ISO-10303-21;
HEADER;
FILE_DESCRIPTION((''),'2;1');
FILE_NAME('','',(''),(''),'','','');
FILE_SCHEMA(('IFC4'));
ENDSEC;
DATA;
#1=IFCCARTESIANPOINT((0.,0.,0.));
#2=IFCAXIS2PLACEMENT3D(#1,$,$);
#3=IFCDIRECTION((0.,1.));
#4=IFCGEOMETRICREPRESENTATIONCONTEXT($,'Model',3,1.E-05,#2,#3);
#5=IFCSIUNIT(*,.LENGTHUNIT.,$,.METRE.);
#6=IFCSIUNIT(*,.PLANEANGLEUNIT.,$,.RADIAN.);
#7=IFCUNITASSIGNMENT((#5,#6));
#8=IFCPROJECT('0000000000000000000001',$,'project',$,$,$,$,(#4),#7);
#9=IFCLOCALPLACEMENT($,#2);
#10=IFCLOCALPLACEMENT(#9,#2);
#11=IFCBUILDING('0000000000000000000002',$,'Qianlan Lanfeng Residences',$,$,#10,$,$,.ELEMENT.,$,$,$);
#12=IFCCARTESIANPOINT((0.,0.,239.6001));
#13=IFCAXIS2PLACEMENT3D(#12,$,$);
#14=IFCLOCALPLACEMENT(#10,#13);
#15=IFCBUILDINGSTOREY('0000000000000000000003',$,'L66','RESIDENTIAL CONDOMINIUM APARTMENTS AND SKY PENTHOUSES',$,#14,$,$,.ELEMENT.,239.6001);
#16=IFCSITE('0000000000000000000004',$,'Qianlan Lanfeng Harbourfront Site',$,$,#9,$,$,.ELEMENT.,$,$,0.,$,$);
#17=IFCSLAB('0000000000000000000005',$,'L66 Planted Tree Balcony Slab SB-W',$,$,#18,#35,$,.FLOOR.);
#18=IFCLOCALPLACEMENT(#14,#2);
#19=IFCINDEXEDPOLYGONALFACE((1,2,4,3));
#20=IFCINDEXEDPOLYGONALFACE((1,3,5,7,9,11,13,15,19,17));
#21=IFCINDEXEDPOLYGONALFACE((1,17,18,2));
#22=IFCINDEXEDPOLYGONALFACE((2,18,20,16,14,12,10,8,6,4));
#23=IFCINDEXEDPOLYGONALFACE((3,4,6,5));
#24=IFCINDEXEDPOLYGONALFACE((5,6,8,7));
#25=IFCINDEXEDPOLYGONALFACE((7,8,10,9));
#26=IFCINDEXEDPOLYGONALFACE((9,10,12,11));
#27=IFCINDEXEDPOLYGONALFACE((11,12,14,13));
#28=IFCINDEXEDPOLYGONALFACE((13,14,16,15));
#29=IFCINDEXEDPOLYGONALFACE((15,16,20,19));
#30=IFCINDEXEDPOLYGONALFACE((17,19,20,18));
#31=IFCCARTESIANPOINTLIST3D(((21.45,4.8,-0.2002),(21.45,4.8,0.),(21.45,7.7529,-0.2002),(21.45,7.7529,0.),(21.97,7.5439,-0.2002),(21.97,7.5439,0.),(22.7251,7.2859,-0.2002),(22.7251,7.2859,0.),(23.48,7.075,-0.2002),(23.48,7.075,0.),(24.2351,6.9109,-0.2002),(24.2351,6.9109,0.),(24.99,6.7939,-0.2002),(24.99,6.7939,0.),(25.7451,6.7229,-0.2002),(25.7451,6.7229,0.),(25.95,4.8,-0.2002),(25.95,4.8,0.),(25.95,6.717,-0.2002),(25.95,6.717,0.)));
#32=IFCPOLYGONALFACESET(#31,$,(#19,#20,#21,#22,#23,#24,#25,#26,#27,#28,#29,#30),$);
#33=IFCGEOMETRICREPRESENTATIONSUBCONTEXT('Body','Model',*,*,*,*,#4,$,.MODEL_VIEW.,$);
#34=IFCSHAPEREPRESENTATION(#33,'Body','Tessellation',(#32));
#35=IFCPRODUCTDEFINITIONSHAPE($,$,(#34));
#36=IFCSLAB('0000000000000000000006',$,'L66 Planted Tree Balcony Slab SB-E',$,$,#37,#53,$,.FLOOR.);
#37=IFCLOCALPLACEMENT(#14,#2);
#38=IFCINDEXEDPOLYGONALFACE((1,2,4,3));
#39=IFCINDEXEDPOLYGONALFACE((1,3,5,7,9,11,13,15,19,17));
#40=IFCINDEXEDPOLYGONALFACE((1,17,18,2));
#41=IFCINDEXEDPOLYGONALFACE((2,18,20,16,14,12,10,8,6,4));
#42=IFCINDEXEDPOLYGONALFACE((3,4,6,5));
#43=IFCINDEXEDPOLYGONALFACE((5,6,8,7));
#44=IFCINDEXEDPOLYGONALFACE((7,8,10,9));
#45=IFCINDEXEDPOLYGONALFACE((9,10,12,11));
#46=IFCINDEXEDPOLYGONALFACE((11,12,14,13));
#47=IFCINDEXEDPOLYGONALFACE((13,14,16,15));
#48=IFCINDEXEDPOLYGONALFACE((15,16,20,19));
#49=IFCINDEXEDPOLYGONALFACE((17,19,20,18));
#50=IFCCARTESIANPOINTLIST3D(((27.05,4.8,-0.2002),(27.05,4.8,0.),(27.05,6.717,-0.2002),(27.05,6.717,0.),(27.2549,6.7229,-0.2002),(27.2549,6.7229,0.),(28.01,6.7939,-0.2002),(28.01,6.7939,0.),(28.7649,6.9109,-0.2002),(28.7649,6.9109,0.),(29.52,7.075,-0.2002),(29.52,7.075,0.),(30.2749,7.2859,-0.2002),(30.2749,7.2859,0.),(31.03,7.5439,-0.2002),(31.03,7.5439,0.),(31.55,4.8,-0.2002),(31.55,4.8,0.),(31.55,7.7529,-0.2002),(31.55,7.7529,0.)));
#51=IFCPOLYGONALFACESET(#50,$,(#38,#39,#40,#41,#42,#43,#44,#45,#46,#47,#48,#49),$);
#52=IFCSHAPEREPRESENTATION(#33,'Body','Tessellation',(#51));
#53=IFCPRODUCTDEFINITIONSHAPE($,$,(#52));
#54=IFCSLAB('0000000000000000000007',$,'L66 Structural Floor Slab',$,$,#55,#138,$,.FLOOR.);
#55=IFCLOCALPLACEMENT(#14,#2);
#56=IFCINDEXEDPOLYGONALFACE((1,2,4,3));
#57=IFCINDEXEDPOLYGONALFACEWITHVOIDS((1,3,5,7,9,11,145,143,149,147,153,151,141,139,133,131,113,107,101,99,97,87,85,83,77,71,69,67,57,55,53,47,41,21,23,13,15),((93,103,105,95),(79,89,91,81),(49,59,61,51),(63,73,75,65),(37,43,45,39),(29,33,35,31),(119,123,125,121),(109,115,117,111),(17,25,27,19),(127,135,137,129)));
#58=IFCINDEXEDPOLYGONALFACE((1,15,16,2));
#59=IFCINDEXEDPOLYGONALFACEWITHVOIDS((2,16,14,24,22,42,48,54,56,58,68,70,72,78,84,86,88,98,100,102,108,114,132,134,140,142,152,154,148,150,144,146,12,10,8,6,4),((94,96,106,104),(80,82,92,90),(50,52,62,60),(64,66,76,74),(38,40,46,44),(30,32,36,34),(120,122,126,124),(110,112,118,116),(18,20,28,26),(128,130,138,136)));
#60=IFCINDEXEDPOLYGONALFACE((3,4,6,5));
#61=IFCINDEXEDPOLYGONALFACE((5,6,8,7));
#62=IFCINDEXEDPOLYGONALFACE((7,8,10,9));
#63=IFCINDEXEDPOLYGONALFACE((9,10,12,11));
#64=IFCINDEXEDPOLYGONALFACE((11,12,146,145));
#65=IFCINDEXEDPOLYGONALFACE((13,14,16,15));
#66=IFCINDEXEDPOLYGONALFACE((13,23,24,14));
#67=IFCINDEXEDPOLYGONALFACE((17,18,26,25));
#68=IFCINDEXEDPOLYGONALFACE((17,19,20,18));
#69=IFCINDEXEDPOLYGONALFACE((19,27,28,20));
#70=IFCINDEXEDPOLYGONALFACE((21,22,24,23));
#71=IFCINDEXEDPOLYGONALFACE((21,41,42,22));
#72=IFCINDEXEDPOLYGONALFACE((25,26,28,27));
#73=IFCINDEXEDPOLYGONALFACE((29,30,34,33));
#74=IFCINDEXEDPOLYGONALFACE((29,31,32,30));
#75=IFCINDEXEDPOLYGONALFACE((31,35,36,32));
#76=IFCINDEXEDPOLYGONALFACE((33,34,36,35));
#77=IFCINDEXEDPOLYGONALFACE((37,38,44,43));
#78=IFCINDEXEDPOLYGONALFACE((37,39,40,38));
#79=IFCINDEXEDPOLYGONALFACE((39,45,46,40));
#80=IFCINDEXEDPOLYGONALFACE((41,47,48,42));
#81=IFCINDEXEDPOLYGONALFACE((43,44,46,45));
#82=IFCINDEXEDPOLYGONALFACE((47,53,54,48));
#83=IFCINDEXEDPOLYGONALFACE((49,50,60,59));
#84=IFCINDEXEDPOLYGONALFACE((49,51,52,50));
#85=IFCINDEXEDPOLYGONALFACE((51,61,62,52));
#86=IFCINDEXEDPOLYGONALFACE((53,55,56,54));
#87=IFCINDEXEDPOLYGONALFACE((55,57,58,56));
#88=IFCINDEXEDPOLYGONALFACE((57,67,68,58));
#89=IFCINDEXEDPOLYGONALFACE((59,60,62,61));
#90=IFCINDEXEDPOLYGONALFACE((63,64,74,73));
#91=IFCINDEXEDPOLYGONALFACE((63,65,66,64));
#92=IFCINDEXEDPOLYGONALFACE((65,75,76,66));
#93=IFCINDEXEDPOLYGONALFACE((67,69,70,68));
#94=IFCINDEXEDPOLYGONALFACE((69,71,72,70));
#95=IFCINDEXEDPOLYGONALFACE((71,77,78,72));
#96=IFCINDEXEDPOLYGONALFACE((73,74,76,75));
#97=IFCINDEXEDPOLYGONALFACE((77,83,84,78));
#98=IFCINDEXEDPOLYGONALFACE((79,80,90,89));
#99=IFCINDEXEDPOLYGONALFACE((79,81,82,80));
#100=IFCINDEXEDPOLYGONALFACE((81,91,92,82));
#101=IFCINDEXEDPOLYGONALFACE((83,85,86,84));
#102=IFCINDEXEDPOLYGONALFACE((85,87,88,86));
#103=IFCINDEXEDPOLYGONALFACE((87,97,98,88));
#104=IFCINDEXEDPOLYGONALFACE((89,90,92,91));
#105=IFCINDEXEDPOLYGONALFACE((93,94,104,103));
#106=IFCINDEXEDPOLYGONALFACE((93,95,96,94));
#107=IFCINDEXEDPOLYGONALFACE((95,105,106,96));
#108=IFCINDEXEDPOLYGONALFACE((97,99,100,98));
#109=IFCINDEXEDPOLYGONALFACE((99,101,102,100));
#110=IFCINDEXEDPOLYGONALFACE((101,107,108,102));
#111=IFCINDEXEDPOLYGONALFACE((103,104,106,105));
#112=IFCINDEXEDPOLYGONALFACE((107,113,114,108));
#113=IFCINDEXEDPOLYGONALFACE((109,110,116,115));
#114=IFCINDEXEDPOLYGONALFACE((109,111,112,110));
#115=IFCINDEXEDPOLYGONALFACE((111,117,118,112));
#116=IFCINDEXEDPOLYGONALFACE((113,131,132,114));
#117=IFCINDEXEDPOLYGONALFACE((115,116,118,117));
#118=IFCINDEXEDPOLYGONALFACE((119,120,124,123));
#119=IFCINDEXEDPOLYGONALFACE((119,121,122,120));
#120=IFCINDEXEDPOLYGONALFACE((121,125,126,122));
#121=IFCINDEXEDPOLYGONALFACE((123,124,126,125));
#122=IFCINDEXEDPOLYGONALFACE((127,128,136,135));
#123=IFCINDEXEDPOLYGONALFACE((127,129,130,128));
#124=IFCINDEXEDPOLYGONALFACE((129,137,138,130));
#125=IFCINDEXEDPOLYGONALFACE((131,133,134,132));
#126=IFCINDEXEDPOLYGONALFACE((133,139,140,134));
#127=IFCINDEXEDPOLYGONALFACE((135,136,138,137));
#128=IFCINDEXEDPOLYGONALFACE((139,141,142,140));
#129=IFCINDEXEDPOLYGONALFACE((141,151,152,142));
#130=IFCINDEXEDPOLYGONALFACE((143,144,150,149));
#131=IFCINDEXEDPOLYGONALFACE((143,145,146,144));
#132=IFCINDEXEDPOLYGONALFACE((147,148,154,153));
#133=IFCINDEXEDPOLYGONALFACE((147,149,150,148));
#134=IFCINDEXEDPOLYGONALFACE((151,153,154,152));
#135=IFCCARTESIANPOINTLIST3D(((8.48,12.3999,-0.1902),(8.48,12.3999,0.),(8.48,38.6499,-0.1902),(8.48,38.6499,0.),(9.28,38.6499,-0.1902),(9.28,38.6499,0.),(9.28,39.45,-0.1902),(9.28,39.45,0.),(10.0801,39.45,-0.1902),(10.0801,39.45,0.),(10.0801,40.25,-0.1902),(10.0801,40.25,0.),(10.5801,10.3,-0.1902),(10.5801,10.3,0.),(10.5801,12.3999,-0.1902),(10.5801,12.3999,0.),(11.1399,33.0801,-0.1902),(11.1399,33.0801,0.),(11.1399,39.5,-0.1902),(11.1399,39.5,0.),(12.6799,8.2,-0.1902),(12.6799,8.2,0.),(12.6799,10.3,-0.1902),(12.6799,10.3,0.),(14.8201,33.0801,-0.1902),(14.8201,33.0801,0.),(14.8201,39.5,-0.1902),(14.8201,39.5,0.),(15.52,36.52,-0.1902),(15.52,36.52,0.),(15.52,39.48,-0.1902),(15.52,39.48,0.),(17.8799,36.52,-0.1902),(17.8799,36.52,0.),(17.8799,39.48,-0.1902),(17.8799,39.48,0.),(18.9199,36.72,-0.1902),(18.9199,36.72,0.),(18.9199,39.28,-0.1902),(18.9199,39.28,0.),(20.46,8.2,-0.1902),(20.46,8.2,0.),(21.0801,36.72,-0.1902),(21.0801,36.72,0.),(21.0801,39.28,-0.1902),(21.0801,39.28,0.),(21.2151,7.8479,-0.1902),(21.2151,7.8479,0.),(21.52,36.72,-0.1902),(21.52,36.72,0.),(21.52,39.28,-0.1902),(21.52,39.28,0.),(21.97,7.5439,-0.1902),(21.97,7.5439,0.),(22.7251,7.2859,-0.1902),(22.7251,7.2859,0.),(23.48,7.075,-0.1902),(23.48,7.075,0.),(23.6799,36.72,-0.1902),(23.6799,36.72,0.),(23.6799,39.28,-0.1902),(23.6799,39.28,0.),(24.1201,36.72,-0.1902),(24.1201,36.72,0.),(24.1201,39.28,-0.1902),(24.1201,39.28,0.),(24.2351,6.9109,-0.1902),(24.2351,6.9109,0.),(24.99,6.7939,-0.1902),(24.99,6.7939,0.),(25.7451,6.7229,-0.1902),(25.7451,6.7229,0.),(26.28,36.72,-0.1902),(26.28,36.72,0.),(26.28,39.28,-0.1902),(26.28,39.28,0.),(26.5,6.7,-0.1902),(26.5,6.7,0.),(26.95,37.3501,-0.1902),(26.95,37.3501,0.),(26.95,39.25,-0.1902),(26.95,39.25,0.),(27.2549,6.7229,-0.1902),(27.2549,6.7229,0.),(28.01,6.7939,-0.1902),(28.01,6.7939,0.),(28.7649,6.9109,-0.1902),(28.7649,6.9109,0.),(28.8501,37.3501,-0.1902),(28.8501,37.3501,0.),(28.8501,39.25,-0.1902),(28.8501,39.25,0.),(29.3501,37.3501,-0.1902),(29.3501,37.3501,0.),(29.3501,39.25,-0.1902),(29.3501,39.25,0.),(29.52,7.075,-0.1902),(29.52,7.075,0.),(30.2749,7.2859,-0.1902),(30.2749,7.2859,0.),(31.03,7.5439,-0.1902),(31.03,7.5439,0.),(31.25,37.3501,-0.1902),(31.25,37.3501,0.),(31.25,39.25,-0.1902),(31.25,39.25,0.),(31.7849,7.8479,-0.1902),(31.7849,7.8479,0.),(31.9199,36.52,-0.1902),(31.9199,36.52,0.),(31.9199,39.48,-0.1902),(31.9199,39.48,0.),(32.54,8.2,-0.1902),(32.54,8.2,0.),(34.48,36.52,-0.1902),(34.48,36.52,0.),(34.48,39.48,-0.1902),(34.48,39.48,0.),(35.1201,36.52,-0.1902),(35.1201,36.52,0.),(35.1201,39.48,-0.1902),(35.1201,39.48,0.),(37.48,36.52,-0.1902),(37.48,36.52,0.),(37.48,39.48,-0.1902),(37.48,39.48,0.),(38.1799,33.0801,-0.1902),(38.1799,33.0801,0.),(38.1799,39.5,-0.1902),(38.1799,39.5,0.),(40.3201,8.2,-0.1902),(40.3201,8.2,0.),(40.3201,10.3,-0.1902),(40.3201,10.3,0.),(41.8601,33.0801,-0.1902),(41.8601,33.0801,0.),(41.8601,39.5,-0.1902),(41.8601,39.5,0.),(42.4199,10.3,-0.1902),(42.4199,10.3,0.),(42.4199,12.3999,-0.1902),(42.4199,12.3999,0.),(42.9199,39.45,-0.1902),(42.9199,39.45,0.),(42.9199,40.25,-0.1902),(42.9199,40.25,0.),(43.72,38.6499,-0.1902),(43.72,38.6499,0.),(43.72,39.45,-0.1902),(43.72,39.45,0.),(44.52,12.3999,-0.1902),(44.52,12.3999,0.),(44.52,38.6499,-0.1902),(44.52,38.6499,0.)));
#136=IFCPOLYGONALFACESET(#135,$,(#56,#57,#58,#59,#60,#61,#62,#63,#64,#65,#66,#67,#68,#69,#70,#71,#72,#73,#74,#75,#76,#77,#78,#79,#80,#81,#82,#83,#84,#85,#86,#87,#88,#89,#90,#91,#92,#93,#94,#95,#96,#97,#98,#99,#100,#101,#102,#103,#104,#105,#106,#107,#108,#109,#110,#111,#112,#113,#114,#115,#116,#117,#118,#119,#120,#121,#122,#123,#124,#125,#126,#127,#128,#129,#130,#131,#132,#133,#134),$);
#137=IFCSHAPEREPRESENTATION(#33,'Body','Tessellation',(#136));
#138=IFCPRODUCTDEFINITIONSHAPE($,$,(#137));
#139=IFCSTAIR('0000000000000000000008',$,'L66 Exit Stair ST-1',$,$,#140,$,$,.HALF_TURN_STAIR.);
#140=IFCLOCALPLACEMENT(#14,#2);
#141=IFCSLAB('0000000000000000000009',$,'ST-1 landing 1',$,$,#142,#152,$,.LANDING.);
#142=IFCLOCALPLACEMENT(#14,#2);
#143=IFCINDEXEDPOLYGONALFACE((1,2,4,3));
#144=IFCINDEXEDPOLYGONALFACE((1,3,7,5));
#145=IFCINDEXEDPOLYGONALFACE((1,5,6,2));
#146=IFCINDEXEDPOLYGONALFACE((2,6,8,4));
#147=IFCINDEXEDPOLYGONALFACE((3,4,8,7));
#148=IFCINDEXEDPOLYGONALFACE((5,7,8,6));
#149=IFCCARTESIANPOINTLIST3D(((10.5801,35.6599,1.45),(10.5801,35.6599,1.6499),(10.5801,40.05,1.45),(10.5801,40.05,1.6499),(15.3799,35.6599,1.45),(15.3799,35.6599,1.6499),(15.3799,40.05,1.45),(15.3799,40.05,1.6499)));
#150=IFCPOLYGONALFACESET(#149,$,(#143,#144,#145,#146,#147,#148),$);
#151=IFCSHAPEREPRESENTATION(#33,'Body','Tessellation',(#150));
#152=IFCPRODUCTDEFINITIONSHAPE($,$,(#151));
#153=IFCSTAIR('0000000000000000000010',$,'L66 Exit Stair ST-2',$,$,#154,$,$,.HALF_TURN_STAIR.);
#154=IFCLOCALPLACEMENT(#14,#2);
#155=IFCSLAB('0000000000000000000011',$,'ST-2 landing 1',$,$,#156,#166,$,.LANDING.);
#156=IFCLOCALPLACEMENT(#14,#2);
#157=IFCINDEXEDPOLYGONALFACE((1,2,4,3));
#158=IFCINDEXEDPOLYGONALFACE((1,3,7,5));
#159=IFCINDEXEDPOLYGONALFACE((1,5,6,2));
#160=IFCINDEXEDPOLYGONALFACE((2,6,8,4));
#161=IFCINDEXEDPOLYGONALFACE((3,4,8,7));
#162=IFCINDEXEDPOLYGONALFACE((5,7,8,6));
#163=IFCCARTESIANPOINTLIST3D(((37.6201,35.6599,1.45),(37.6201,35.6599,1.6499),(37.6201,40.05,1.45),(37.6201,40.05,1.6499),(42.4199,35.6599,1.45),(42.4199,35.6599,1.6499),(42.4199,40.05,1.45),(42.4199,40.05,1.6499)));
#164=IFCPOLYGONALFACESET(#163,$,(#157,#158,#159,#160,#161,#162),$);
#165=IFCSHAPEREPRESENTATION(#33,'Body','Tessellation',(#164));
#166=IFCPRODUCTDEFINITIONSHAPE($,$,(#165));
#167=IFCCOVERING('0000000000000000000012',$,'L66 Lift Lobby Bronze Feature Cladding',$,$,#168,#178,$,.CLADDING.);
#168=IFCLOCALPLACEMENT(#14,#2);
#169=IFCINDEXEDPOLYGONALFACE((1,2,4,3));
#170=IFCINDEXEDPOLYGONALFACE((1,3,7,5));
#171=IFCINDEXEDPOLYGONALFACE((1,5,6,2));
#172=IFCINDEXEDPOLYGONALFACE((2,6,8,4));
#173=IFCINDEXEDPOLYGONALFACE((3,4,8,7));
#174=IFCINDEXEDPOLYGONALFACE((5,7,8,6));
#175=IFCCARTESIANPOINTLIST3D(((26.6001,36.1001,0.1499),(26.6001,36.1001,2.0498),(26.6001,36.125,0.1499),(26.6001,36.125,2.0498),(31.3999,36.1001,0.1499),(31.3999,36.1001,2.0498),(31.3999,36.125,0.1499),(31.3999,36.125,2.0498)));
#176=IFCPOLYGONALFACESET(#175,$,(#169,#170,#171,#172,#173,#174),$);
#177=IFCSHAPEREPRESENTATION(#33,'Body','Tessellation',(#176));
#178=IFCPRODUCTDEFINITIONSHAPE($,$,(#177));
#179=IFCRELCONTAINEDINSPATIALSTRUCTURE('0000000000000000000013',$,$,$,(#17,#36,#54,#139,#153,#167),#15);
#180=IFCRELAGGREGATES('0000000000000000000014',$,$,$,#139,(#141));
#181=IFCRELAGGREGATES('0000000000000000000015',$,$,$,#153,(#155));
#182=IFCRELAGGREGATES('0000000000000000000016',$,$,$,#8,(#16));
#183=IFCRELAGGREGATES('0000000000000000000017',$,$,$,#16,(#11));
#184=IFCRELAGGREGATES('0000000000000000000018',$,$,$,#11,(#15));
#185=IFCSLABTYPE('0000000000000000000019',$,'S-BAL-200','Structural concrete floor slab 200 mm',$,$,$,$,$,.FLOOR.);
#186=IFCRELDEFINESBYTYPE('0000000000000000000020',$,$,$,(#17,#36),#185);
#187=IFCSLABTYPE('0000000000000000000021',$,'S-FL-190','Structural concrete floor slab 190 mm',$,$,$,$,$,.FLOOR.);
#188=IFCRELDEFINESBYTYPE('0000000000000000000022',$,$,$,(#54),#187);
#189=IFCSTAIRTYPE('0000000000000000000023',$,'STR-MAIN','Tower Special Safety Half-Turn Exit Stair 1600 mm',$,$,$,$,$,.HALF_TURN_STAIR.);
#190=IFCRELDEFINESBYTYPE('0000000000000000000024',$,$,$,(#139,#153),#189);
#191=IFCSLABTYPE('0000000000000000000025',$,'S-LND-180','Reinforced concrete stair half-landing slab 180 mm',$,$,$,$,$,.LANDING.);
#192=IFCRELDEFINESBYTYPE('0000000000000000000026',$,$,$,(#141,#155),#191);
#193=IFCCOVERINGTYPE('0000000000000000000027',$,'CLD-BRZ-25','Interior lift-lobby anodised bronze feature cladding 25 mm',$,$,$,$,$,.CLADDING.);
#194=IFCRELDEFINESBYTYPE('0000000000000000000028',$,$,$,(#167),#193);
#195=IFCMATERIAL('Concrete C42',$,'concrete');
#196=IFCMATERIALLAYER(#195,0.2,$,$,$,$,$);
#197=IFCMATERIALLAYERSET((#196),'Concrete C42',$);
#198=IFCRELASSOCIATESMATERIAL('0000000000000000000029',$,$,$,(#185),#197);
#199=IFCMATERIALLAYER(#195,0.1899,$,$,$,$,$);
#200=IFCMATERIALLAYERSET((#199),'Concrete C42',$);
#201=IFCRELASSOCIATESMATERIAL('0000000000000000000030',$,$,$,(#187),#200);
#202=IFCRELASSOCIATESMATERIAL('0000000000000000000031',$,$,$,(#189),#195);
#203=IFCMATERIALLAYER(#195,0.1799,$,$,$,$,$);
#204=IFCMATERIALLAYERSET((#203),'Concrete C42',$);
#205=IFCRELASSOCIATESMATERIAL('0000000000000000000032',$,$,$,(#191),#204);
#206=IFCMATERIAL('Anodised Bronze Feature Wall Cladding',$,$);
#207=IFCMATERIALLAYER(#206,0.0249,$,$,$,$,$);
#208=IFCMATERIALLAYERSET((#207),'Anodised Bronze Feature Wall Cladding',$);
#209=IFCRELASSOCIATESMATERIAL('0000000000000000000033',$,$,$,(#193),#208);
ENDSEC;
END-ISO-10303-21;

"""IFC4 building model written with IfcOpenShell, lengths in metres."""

from ifc_helpers import new_model, si_unit, direction, frame, origin, place, context, subcontext, project, spatial, polyline, outline, extrude, material, layer, layer_set, type_object, element, aggregate, save


model = new_model("IFC4")

# Units and contexts
model_context = context("Model", 3, precision=1e-05, world=origin(), true_north=direction((0.0, 1.0)))
body_context = subcontext(model_context, "Body", "Model", "MODEL_VIEW")
ifc_project = project(units=[si_unit("LENGTHUNIT", "METRE"), si_unit("PLANEANGLEUNIT", "RADIAN")], contexts=[model_context])

# Site, building, storey
site_placement = place(None, origin())
site = spatial("IfcSite", under=ifc_project, at=site_placement, Name="Qianlan Lanfeng Harbourfront Site", CompositionType="ELEMENT", RefElevation=0.0)
building_placement = place(site_placement, origin())
building = spatial("IfcBuilding", under=site, at=building_placement, Name="Qianlan Lanfeng Residences", CompositionType="ELEMENT")
storey_placement = place(building_placement, frame((0.0, 0.0, 239.6001)))
storey = spatial("IfcBuildingStorey", under=building, at=storey_placement, Name="L66", Description="RESIDENTIAL CONDOMINIUM APARTMENTS AND SKY PENTHOUSES", CompositionType="ELEMENT", Elevation=239.6001)

# Slabs
ifc_material_1 = material(Name="Concrete C42", Category="concrete")
ifc_layer_1 = layer(ifc_material_1, 0.2)
ifc_layer_set_1 = layer_set([ifc_layer_1], Name="Concrete C42")
slab_type_1 = type_object("IfcSlabType", Name="S-BAL-200", Description="Structural concrete floor slab 200 mm", PredefinedType="FLOOR", material=ifc_layer_set_1)
slab_1_placement = place(storey_placement, frame((0.0, 0.0, -0.2002)))
element("IfcSlab", 1, at=slab_1_placement, inside=storey, type_object=slab_type_1, Name="L66 Planted Tree Balcony Slab SB-W", PredefinedType="FLOOR", context=body_context, shape_type="SweptSolid", body=[
    extrude(outline(polyline([(25.95, 6.717), (25.7451, 6.7229), (24.99, 6.7939), (24.2351, 6.9109), (23.48, 7.075), (22.7251, 7.2859), (21.97, 7.5439), (21.45, 7.7529), (21.45, 4.8), (25.95, 4.8), (25.95, 6.717)])), origin(), (0.0, 0.0, 1.0), 0.2002),
])
slab_2_placement = place(storey_placement, frame((0.0, 0.0, -0.2002)))
element("IfcSlab", 2, at=slab_2_placement, inside=storey, type_object=slab_type_1, Name="L66 Planted Tree Balcony Slab SB-E", PredefinedType="FLOOR", context=body_context, shape_type="SweptSolid", body=[
    extrude(outline(polyline([(31.55, 7.7529), (31.03, 7.5439), (30.2749, 7.2859), (29.52, 7.075), (28.7649, 6.9109), (28.01, 6.7939), (27.2549, 6.7229), (27.05, 6.717), (27.05, 4.8), (31.55, 4.8), (31.55, 7.7529)])), origin(), (0.0, 0.0, 1.0), 0.2002),
])
ifc_layer_2 = layer(ifc_material_1, 0.1899)
ifc_layer_set_2 = layer_set([ifc_layer_2], Name="Concrete C42")
slab_type_2 = type_object("IfcSlabType", Name="S-FL-190", Description="Structural concrete floor slab 190 mm", PredefinedType="FLOOR", material=ifc_layer_set_2)
slab_3_placement = place(storey_placement, frame((0.0, 0.0, -0.1902)))
element("IfcSlab", 3, at=slab_3_placement, inside=storey, type_object=slab_type_2, Name="L66 Structural Floor Slab", PredefinedType="FLOOR", context=body_context, shape_type="SweptSolid", body=[
    extrude(outline(polyline([(8.48, 12.3999), (10.5801, 12.3999), (10.5801, 10.3), (12.6799, 10.3), (12.6799, 8.2), (20.46, 8.2), (21.2151, 7.8479), (21.97, 7.5439), (22.7251, 7.2859), (23.48, 7.075), (24.2351, 6.9109), (24.99, 6.7939), (25.7451, 6.7229), (26.5, 6.7), (27.2549, 6.7229), (28.01, 6.7939), (28.7649, 6.9109), (29.52, 7.075), (30.2749, 7.2859), (31.03, 7.5439), (31.7849, 7.8479), (32.54, 8.2), (40.3201, 8.2), (40.3201, 10.3), (42.4199, 10.3), (42.4199, 12.3999), (44.52, 12.3999), (44.52, 38.6499), (43.72, 38.6499), (43.72, 39.45), (42.9199, 39.45), (42.9199, 40.25), (10.0801, 40.25), (10.0801, 39.45), (9.28, 39.45), (9.28, 38.6499), (8.48, 38.6499), (8.48, 12.3999)]), holes=[polyline([(11.1399, 33.0801), (11.1399, 39.5), (14.8201, 39.5), (14.8201, 33.0801), (11.1399, 33.0801)]), polyline([(38.1799, 33.0801), (38.1799, 39.5), (41.8601, 39.5), (41.8601, 33.0801), (38.1799, 33.0801)]), polyline([(15.52, 36.52), (15.52, 39.48), (17.8799, 39.48), (17.8799, 36.52), (15.52, 36.52)]), polyline([(35.1201, 36.52), (35.1201, 39.48), (37.48, 39.48), (37.48, 36.52), (35.1201, 36.52)]), polyline([(31.9199, 36.52), (31.9199, 39.48), (34.48, 39.48), (34.48, 36.52), (31.9199, 36.52)]), polyline([(18.9199, 36.72), (18.9199, 39.28), (21.0801, 39.28), (21.0801, 36.72), (18.9199, 36.72)]), polyline([(21.52, 36.72), (21.52, 39.28), (23.6799, 39.28), (23.6799, 36.72), (21.52, 36.72)]), polyline([(24.1201, 36.72), (24.1201, 39.28), (26.28, 39.28), (26.28, 36.72), (24.1201, 36.72)]), polyline([(26.95, 37.3501), (26.95, 39.25), (28.8501, 39.25), (28.8501, 37.3501), (26.95, 37.3501)]), polyline([(29.3501, 37.3501), (29.3501, 39.25), (31.25, 39.25), (31.25, 37.3501), (29.3501, 37.3501)])]), origin(), (0.0, 0.0, 1.0), 0.1902),
])

# Stairs, slabs
stair_type = type_object("IfcStairType", Name="STR-MAIN", Description="Tower Special Safety Half-Turn Exit Stair 1600 mm", PredefinedType="HALF_TURN_STAIR", material=ifc_material_1)
stair_1_placement = place(storey_placement, origin())
stair_1 = element("IfcStair", 4, at=stair_1_placement, inside=storey, type_object=stair_type, Name="L66 Exit Stair ST-1", PredefinedType="HALF_TURN_STAIR")
ifc_layer_3 = layer(ifc_material_1, 0.1799)
ifc_layer_set_3 = layer_set([ifc_layer_3], Name="Concrete C42")
slab_type_3 = type_object("IfcSlabType", Name="S-LND-180", Description="Reinforced concrete stair half-landing slab 180 mm", PredefinedType="LANDING", material=ifc_layer_set_3)
slab_4_placement = place(storey_placement, frame((0.0, 0.0, 1.45)))
slab_4 = element("IfcSlab", 5, at=slab_4_placement, type_object=slab_type_3, Name="ST-1 landing 1", PredefinedType="LANDING", context=body_context, shape_type="SweptSolid", body=[
    extrude(outline(polyline([(10.5801, 35.6599), (15.3799, 35.6599), (15.3799, 40.05), (10.5801, 40.05), (10.5801, 35.6599)])), origin(), (0.0, 0.0, 1.0), 0.2),
])
aggregate(stair_1, [slab_4])
stair_2_placement = place(storey_placement, origin())
stair_2 = element("IfcStair", 6, at=stair_2_placement, inside=storey, type_object=stair_type, Name="L66 Exit Stair ST-2", PredefinedType="HALF_TURN_STAIR")
slab_5_placement = place(storey_placement, frame((0.0, 0.0, 1.45)))
slab_5 = element("IfcSlab", 7, at=slab_5_placement, type_object=slab_type_3, Name="ST-2 landing 1", PredefinedType="LANDING", context=body_context, shape_type="SweptSolid", body=[
    extrude(outline(polyline([(37.6201, 35.6599), (42.4199, 35.6599), (42.4199, 40.05), (37.6201, 40.05), (37.6201, 35.6599)])), origin(), (0.0, 0.0, 1.0), 0.2),
])
aggregate(stair_2, [slab_5])

# Covering
ifc_material_2 = material(Name="Anodised Bronze Feature Wall Cladding")
ifc_layer_4 = layer(ifc_material_2, 0.0249)
ifc_layer_set_4 = layer_set([ifc_layer_4], Name="Anodised Bronze Feature Wall Cladding")
covering_type_1 = type_object("IfcCoveringType", Name="CLD-BRZ-25", Description="Interior lift-lobby anodised bronze feature cladding 25 mm", PredefinedType="CLADDING", material=ifc_layer_set_4)
covering_1_placement = place(storey_placement, frame((0.0, 0.0, 0.1499)))
element("IfcCovering", 8, at=covering_1_placement, inside=storey, type_object=covering_type_1, Name="L66 Lift Lobby Bronze Feature Cladding", PredefinedType="CLADDING", context=body_context, shape_type="SweptSolid", body=[
    extrude(outline(polyline([(26.6001, 36.1001), (31.3999, 36.1001), (31.3999, 36.125), (26.6001, 36.125), (26.6001, 36.1001)])), origin(), (0.0, 0.0, 1.0), 1.8999),
])

save(model, "model.ifc")
